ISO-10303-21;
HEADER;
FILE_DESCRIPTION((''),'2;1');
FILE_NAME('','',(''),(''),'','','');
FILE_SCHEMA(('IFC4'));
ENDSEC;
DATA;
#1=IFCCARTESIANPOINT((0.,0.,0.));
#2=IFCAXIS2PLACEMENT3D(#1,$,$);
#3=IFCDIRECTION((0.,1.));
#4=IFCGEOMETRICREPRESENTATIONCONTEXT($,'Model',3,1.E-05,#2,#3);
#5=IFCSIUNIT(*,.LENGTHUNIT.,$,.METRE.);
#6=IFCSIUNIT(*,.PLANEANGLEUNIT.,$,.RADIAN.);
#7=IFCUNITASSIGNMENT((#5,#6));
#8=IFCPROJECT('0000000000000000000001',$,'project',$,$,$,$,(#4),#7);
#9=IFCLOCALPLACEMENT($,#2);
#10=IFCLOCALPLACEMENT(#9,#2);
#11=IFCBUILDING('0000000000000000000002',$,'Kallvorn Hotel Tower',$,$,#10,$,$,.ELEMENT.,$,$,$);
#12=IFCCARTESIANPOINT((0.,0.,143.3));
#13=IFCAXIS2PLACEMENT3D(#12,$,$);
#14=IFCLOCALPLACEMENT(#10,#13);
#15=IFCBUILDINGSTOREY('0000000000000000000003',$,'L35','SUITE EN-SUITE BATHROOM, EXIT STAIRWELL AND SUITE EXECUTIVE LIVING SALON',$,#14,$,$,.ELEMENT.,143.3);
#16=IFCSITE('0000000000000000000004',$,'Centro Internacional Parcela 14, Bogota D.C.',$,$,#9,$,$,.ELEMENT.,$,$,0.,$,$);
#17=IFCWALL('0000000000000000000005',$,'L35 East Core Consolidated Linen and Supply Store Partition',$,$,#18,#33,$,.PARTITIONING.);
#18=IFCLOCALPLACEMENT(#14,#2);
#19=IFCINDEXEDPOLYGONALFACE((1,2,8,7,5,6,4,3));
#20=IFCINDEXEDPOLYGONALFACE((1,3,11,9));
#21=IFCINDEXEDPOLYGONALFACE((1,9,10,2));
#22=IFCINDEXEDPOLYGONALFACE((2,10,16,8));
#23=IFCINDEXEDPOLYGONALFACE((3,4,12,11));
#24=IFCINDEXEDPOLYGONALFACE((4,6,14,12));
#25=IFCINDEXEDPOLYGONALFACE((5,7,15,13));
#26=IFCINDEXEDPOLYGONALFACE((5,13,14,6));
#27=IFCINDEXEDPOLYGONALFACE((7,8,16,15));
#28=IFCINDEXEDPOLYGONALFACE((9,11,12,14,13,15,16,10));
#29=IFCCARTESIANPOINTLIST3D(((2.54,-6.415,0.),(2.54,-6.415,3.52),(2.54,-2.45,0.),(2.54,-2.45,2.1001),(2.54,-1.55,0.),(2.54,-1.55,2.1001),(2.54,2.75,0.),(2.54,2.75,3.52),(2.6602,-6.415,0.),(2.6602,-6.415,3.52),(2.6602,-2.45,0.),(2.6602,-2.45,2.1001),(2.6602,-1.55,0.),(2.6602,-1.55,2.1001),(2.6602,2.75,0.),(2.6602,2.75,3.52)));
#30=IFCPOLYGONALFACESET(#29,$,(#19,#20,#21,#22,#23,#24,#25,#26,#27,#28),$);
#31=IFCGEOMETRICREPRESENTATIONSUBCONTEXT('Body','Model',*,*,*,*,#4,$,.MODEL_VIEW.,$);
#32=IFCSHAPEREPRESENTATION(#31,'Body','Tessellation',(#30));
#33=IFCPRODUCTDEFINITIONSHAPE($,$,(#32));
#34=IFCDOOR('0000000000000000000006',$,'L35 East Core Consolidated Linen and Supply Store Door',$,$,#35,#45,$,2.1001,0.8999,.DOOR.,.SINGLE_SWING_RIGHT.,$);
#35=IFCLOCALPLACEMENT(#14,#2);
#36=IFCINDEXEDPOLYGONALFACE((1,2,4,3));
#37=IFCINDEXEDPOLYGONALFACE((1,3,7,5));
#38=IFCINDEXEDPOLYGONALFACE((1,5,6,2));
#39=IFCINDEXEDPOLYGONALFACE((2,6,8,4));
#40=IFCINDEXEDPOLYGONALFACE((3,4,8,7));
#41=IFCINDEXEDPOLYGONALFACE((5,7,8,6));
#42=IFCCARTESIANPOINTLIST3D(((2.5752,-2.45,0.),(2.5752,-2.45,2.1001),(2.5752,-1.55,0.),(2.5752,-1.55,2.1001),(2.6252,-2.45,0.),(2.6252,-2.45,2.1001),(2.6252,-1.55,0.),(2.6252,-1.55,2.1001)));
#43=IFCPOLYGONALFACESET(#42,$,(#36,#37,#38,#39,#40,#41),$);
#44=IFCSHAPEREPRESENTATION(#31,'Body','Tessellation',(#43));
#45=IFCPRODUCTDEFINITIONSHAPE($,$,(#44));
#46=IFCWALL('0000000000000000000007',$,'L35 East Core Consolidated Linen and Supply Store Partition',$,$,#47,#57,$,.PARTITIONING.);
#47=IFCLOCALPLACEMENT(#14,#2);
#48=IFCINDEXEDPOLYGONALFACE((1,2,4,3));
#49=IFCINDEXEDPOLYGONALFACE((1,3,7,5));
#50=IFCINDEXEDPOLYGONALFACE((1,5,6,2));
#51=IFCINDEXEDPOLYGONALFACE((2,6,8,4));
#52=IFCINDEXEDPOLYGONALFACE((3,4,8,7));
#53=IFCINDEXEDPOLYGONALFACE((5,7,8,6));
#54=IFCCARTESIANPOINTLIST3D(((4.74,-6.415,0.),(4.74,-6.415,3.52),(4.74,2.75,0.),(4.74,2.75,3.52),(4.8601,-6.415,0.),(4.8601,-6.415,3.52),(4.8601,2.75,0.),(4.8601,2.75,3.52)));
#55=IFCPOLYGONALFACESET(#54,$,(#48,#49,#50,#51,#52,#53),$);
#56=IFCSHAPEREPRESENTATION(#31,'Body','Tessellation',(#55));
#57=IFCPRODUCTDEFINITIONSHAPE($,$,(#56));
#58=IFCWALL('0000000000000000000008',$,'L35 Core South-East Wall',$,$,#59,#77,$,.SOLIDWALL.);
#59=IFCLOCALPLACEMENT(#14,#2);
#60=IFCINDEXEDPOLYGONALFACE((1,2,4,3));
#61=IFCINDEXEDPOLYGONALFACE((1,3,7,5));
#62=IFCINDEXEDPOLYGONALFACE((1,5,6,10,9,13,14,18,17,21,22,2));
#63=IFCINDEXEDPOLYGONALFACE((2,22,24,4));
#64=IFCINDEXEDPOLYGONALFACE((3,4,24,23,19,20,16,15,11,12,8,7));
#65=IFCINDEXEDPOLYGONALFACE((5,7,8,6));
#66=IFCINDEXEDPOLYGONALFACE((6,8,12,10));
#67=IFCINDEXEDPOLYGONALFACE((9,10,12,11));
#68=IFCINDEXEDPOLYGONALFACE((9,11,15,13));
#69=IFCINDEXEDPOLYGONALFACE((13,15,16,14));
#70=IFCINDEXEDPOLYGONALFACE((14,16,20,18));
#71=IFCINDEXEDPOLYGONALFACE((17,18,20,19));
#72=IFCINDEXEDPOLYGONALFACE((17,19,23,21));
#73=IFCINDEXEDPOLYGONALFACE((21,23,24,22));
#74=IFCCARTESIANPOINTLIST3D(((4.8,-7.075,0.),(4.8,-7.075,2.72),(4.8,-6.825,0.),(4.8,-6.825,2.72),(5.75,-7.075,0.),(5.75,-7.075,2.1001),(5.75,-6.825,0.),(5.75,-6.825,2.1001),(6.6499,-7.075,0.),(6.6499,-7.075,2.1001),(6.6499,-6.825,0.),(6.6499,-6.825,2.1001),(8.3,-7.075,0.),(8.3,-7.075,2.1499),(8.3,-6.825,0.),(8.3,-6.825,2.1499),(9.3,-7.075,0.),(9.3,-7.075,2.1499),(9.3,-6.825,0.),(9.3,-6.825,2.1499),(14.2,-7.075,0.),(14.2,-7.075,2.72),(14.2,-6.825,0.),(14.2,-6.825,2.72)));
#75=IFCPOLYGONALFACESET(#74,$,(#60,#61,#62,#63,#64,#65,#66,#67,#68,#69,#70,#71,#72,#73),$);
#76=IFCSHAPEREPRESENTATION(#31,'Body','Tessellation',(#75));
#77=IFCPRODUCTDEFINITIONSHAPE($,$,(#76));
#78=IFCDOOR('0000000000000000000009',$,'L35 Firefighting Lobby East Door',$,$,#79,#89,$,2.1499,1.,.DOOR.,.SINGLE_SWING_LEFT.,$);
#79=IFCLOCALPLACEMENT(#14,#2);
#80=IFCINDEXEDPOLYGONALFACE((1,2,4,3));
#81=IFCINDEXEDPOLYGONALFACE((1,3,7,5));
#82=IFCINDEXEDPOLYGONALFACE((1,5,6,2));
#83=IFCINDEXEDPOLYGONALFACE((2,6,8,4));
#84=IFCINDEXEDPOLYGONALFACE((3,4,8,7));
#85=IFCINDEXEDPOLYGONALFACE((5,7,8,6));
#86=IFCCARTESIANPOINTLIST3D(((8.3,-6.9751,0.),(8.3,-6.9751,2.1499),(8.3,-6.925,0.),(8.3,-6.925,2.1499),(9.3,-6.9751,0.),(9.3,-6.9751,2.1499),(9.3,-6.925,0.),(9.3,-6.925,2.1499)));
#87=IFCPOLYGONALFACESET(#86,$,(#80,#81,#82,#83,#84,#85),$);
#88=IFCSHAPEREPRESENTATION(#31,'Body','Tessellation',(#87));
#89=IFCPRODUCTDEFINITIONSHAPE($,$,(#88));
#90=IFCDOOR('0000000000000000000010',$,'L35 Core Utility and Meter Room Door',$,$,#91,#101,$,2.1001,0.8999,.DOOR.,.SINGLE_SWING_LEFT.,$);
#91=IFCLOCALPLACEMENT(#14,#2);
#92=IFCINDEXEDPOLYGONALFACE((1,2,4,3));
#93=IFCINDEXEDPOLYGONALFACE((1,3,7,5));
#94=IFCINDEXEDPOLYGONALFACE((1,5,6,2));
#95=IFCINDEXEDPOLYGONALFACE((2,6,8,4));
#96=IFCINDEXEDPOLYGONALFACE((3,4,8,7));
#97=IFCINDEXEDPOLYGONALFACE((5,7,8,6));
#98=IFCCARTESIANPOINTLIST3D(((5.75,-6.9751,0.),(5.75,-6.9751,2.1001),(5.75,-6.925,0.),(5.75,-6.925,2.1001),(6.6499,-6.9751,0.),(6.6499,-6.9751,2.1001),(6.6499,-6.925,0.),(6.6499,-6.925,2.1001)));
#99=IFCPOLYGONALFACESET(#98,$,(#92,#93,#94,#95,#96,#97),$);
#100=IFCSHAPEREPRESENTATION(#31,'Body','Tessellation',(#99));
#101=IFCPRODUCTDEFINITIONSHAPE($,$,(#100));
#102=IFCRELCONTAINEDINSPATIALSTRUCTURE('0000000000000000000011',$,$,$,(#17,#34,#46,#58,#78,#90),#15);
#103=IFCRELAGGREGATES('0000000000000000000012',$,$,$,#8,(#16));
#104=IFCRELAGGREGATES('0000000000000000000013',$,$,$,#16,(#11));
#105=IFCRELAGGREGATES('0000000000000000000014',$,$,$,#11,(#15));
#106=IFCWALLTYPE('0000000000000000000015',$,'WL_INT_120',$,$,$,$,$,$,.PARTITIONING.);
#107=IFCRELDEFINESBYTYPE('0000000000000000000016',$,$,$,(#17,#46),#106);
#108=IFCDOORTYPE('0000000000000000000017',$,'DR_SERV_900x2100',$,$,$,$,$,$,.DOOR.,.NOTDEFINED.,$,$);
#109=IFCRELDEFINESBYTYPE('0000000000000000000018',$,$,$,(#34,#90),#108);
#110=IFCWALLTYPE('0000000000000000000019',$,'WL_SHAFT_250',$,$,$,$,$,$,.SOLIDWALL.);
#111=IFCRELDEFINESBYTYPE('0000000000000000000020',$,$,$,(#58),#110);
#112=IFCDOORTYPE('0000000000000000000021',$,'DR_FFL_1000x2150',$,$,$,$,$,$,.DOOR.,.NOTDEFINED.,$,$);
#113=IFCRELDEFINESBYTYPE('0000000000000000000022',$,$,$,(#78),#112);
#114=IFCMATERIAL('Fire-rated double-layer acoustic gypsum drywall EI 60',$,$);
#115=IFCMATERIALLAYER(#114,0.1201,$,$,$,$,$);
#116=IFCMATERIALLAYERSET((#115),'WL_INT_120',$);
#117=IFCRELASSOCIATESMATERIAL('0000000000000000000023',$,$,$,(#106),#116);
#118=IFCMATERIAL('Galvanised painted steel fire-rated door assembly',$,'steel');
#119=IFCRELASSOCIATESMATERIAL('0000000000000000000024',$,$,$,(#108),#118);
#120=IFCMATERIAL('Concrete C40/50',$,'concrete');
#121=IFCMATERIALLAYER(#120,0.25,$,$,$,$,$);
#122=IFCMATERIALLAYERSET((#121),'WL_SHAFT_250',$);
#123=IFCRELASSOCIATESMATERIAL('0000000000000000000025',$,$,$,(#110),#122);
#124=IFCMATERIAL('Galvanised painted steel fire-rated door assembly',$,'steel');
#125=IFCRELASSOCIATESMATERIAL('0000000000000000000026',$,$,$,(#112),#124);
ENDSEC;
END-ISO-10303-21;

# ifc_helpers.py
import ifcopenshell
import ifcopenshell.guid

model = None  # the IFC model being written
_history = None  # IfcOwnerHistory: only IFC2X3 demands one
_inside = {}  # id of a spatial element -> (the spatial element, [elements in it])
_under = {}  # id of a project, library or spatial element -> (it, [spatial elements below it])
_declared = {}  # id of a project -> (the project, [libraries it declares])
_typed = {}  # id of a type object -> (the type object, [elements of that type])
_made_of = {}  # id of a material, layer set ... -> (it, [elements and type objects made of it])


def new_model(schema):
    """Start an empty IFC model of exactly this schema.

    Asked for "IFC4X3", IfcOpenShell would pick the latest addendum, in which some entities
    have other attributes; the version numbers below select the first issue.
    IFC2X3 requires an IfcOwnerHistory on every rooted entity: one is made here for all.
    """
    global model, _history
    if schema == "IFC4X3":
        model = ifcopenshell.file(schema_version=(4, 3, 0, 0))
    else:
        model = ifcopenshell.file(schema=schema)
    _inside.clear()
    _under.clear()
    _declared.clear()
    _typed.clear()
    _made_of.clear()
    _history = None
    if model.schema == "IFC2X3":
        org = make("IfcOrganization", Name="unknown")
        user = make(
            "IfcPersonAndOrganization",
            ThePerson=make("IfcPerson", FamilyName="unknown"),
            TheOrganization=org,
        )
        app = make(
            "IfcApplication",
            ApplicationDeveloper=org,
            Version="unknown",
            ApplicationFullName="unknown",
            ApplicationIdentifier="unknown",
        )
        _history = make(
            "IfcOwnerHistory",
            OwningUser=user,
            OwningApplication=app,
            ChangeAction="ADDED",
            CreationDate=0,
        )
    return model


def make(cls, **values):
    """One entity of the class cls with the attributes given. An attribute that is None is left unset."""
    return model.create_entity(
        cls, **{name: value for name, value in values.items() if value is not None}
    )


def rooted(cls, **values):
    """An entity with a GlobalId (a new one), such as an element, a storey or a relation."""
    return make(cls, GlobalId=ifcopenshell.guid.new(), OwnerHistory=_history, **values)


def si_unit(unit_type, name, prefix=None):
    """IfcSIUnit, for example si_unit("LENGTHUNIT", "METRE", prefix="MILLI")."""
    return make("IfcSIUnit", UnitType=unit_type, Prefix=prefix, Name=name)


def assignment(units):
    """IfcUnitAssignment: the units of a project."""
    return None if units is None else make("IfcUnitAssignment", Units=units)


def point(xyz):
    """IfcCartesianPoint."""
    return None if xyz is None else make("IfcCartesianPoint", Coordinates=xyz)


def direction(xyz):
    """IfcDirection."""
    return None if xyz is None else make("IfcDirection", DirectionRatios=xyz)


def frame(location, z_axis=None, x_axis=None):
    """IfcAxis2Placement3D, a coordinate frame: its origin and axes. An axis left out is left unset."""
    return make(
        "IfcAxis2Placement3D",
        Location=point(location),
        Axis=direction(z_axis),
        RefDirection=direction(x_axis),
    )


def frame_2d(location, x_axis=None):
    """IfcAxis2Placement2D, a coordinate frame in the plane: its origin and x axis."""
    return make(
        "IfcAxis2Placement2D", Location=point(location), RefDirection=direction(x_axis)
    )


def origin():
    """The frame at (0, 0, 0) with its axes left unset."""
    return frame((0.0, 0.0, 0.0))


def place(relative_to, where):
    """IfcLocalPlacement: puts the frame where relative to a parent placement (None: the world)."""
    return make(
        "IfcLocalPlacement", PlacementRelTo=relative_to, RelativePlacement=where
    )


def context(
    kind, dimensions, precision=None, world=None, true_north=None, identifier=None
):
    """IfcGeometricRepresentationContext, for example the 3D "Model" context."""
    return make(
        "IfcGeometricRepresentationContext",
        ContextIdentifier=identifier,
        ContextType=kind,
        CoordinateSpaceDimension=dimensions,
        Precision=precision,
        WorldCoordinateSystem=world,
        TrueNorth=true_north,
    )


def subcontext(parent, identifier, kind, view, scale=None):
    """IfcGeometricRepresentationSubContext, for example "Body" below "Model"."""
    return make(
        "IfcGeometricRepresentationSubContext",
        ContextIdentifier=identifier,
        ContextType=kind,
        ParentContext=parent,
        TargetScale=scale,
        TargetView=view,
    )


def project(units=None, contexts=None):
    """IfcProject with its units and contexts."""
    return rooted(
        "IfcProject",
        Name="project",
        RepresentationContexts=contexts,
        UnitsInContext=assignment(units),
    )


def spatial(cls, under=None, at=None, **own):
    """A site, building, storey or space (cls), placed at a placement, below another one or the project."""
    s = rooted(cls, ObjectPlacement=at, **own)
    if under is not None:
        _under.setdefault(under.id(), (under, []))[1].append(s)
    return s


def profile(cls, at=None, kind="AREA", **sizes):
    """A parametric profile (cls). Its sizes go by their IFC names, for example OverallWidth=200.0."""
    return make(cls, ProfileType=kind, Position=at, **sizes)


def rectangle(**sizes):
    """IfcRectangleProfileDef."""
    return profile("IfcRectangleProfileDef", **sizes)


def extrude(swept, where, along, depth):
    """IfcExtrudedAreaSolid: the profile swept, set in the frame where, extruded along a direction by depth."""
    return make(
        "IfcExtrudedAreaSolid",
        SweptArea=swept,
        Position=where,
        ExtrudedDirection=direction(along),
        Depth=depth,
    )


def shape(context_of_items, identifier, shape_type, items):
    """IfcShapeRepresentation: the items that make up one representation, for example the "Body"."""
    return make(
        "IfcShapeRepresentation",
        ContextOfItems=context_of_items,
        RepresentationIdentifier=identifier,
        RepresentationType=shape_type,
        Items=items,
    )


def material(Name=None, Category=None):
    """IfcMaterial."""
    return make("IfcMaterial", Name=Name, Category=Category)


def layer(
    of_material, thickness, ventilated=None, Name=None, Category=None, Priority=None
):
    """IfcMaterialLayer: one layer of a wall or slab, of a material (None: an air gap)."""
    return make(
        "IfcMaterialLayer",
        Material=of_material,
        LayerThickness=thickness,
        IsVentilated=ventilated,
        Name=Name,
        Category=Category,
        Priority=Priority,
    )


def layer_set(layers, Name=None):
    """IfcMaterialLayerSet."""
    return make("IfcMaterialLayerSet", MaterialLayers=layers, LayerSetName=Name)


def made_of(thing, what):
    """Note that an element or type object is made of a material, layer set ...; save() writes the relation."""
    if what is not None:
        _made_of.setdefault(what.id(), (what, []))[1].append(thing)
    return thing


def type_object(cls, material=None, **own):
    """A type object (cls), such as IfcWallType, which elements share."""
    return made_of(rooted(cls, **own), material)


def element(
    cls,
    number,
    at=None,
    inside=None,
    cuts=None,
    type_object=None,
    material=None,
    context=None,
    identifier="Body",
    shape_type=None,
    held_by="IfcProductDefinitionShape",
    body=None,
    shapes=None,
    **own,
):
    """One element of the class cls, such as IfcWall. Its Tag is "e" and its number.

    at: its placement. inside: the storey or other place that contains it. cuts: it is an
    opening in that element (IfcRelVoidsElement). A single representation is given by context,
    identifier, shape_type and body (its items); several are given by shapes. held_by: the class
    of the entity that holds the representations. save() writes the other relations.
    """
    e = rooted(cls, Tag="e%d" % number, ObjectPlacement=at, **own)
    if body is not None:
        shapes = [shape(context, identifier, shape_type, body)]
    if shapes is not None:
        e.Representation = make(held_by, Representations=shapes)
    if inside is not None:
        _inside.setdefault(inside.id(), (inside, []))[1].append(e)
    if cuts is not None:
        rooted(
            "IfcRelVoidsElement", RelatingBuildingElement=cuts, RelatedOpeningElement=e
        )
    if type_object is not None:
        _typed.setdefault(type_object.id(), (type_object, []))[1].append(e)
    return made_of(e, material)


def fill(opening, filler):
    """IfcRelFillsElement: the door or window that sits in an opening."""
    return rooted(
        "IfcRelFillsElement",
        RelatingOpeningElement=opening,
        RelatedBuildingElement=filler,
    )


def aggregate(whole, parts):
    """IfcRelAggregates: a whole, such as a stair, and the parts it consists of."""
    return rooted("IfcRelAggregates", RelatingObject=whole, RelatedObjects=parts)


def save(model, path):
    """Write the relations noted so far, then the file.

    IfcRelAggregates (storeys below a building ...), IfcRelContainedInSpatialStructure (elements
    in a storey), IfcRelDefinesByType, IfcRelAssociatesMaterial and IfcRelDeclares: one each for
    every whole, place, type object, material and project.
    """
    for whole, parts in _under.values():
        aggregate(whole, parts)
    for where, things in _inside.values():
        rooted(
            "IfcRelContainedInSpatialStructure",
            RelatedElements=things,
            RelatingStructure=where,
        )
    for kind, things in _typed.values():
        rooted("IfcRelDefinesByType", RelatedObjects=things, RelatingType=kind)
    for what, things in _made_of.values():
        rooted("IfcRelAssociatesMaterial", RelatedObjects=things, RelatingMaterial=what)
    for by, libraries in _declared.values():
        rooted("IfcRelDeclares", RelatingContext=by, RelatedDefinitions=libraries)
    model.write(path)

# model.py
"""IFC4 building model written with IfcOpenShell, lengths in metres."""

from ifc_helpers import new_model, si_unit, direction, frame, frame_2d, origin, place, context, subcontext, project, spatial, rectangle, extrude, material, layer, layer_set, type_object, element, fill, save


model = new_model("IFC4")

# Units and contexts
model_context = context("Model", 3, precision=1e-05, world=origin(), true_north=direction((0.0, 1.0)))
body_context = subcontext(model_context, "Body", "Model", "MODEL_VIEW")
ifc_project = project(units=[si_unit("LENGTHUNIT", "METRE"), si_unit("PLANEANGLEUNIT", "RADIAN")], contexts=[model_context])

# Site, building, storey
site_placement = place(None, origin())
site = spatial("IfcSite", under=ifc_project, at=site_placement, Name="Centro Internacional Parcela 14, Bogota D.C.", CompositionType="ELEMENT", RefElevation=0.0)
building_placement = place(site_placement, origin())
building = spatial("IfcBuilding", under=site, at=building_placement, Name="Kallvorn Hotel Tower", CompositionType="ELEMENT")
storey_placement = place(building_placement, frame((0.0, 0.0, 143.3)))
storey = spatial("IfcBuildingStorey", under=building, at=storey_placement, Name="L35", Description="SUITE EN-SUITE BATHROOM, EXIT STAIRWELL AND SUITE EXECUTIVE LIVING SALON", CompositionType="ELEMENT", Elevation=143.3)

# Shared definitions
ifc_material_1 = material(Name="Fire-rated double-layer acoustic gypsum drywall EI 60")
ifc_layer_1 = layer(ifc_material_1, 0.1201)
ifc_layer_set_1 = layer_set([ifc_layer_1], Name="WL_INT_120")
wall_type_1 = type_object("IfcWallType", Name="WL_INT_120", PredefinedType="PARTITIONING", material=ifc_layer_set_1)

# Wall, opening, door
wall_1_placement = place(storey_placement, frame((2.6001, -6.415, 0.0), z_axis=(0.0, 0.0, 1.0), x_axis=(0.0, 1.0, 0.0)))
wall_1 = element("IfcWall", 1, at=wall_1_placement, inside=storey, type_object=wall_type_1, Name="L35 East Core Consolidated Linen and Supply Store Partition", PredefinedType="PARTITIONING", context=body_context, shape_type="SweptSolid", body=[
    extrude(rectangle(XDim=9.165, YDim=0.1201, at=frame_2d((4.5825, 0.0))), origin(), (0.0, 0.0, 1.0), 3.52),
])
opening_1_placement = place(wall_1_placement, frame((3.9651, 0.0, 0.0)))
opening_1 = element("IfcOpeningElement", 2, at=opening_1_placement, cuts=wall_1, PredefinedType="OPENING", context=body_context, shape_type="SweptSolid", body=[
    extrude(rectangle(XDim=0.8999, YDim=2.1001, at=frame_2d((0.45, 1.05))), frame((0.0, 0.075, 0.0), z_axis=(0.0, -1.0, 0.0), x_axis=(1.0, 0.0, 0.0)), (0.0, 0.0, 1.0), 0.1501),
])
ifc_material_2 = material(Name="Galvanised painted steel fire-rated door assembly", Category="steel")
door_type_1 = type_object("IfcDoorType", Name="DR_SERV_900x2100", OperationType="NOTDEFINED", PredefinedType="DOOR", material=ifc_material_2)
door_1_placement = place(opening_1_placement, origin())
door_1 = element("IfcDoor", 3, at=door_1_placement, inside=storey, type_object=door_type_1, Name="L35 East Core Consolidated Linen and Supply Store Door", OperationType="SINGLE_SWING_RIGHT", OverallHeight=2.1001, OverallWidth=0.8999, PredefinedType="DOOR", context=body_context, shape_type="SweptSolid", body=[
    extrude(rectangle(XDim=0.8999, YDim=2.1001, at=frame_2d((0.45, 1.05))), frame((0.0, 0.0249, 0.0), z_axis=(0.0, -1.0, 0.0), x_axis=(1.0, 0.0, 0.0)), (0.0, 0.0, 1.0), 0.05),
])
fill(opening_1, door_1)

# Wall
wall_2_placement = place(storey_placement, frame((4.8, -6.415, 0.0), z_axis=(0.0, 0.0, 1.0), x_axis=(0.0, 1.0, 0.0)))
element("IfcWall", 4, at=wall_2_placement, inside=storey, type_object=wall_type_1, Name="L35 East Core Consolidated Linen and Supply Store Partition", PredefinedType="PARTITIONING", context=body_context, shape_type="SweptSolid", body=[
    extrude(rectangle(XDim=9.165, YDim=0.1201, at=frame_2d((4.5825, 0.0))), origin(), (0.0, 0.0, 1.0), 3.52),
])

# Wall, openings, doors
ifc_material_3 = material(Name="Concrete C40/50", Category="concrete")
ifc_layer_2 = layer(ifc_material_3, 0.25)
ifc_layer_set_2 = layer_set([ifc_layer_2], Name="WL_SHAFT_250")
wall_type_2 = type_object("IfcWallType", Name="WL_SHAFT_250", PredefinedType="SOLIDWALL", material=ifc_layer_set_2)
wall_3_placement = place(storey_placement, frame((4.8, -6.95, 0.0), z_axis=(0.0, 0.0, 1.0), x_axis=(1.0, 0.0, 0.0)))
wall_3 = element("IfcWall", 5, at=wall_3_placement, inside=storey, type_object=wall_type_2, Name="L35 Core South-East Wall", PredefinedType="SOLIDWALL", context=body_context, shape_type="SweptSolid", body=[
    extrude(rectangle(XDim=9.3999, YDim=0.25, at=frame_2d((4.7, 0.0))), origin(), (0.0, 0.0, 1.0), 2.72),
])
opening_2_placement = place(wall_3_placement, frame((3.5, 0.0, 0.0)))
opening_2 = element("IfcOpeningElement", 6, at=opening_2_placement, cuts=wall_3, PredefinedType="OPENING", context=body_context, shape_type="SweptSolid", body=[
    extrude(rectangle(XDim=1.0, YDim=2.1499, at=frame_2d((0.5, 1.075))), frame((0.0, 0.1399, 0.0), z_axis=(0.0, -1.0, 0.0), x_axis=(1.0, 0.0, 0.0)), (0.0, 0.0, 1.0), 0.28),
])
opening_3_placement = place(wall_3_placement, frame((0.95, 0.0, 0.0)))
opening_3 = element("IfcOpeningElement", 7, at=opening_3_placement, cuts=wall_3, PredefinedType="OPENING", context=body_context, shape_type="SweptSolid", body=[
    extrude(rectangle(XDim=0.8999, YDim=2.1001, at=frame_2d((0.45, 1.05))), frame((0.0, 0.1399, 0.0), z_axis=(0.0, -1.0, 0.0), x_axis=(1.0, 0.0, 0.0)), (0.0, 0.0, 1.0), 0.28),
])
ifc_material_4 = material(Name="Galvanised painted steel fire-rated door assembly", Category="steel")
door_type_2 = type_object("IfcDoorType", Name="DR_FFL_1000x2150", OperationType="NOTDEFINED", PredefinedType="DOOR", material=ifc_material_4)
door_2_placement = place(opening_2_placement, origin())
door_2 = element("IfcDoor", 8, at=door_2_placement, inside=storey, type_object=door_type_2, Name="L35 Firefighting Lobby East Door", OperationType="SINGLE_SWING_LEFT", OverallHeight=2.1499, OverallWidth=1.0, PredefinedType="DOOR", context=body_context, shape_type="SweptSolid", body=[
    extrude(rectangle(XDim=1.0, YDim=2.1499, at=frame_2d((0.5, 1.075))), frame((0.0, 0.0249, 0.0), z_axis=(0.0, -1.0, 0.0), x_axis=(1.0, 0.0, 0.0)), (0.0, 0.0, 1.0), 0.05),
])
fill(opening_2, door_2)
door_3_placement = place(opening_3_placement, origin())
door_3 = element("IfcDoor", 9, at=door_3_placement, inside=storey, type_object=door_type_1, Name="L35 Core Utility and Meter Room Door", OperationType="SINGLE_SWING_LEFT", OverallHeight=2.1001, OverallWidth=0.8999, PredefinedType="DOOR", context=body_context, shape_type="SweptSolid", body=[
    extrude(rectangle(XDim=0.8999, YDim=2.1001, at=frame_2d((0.45, 1.05))), frame((0.0, 0.0249, 0.0), z_axis=(0.0, -1.0, 0.0), x_axis=(1.0, 0.0, 0.0)), (0.0, 0.0, 1.0), 0.05),
])
fill(opening_3, door_3)

save(model, "model.ifc")
